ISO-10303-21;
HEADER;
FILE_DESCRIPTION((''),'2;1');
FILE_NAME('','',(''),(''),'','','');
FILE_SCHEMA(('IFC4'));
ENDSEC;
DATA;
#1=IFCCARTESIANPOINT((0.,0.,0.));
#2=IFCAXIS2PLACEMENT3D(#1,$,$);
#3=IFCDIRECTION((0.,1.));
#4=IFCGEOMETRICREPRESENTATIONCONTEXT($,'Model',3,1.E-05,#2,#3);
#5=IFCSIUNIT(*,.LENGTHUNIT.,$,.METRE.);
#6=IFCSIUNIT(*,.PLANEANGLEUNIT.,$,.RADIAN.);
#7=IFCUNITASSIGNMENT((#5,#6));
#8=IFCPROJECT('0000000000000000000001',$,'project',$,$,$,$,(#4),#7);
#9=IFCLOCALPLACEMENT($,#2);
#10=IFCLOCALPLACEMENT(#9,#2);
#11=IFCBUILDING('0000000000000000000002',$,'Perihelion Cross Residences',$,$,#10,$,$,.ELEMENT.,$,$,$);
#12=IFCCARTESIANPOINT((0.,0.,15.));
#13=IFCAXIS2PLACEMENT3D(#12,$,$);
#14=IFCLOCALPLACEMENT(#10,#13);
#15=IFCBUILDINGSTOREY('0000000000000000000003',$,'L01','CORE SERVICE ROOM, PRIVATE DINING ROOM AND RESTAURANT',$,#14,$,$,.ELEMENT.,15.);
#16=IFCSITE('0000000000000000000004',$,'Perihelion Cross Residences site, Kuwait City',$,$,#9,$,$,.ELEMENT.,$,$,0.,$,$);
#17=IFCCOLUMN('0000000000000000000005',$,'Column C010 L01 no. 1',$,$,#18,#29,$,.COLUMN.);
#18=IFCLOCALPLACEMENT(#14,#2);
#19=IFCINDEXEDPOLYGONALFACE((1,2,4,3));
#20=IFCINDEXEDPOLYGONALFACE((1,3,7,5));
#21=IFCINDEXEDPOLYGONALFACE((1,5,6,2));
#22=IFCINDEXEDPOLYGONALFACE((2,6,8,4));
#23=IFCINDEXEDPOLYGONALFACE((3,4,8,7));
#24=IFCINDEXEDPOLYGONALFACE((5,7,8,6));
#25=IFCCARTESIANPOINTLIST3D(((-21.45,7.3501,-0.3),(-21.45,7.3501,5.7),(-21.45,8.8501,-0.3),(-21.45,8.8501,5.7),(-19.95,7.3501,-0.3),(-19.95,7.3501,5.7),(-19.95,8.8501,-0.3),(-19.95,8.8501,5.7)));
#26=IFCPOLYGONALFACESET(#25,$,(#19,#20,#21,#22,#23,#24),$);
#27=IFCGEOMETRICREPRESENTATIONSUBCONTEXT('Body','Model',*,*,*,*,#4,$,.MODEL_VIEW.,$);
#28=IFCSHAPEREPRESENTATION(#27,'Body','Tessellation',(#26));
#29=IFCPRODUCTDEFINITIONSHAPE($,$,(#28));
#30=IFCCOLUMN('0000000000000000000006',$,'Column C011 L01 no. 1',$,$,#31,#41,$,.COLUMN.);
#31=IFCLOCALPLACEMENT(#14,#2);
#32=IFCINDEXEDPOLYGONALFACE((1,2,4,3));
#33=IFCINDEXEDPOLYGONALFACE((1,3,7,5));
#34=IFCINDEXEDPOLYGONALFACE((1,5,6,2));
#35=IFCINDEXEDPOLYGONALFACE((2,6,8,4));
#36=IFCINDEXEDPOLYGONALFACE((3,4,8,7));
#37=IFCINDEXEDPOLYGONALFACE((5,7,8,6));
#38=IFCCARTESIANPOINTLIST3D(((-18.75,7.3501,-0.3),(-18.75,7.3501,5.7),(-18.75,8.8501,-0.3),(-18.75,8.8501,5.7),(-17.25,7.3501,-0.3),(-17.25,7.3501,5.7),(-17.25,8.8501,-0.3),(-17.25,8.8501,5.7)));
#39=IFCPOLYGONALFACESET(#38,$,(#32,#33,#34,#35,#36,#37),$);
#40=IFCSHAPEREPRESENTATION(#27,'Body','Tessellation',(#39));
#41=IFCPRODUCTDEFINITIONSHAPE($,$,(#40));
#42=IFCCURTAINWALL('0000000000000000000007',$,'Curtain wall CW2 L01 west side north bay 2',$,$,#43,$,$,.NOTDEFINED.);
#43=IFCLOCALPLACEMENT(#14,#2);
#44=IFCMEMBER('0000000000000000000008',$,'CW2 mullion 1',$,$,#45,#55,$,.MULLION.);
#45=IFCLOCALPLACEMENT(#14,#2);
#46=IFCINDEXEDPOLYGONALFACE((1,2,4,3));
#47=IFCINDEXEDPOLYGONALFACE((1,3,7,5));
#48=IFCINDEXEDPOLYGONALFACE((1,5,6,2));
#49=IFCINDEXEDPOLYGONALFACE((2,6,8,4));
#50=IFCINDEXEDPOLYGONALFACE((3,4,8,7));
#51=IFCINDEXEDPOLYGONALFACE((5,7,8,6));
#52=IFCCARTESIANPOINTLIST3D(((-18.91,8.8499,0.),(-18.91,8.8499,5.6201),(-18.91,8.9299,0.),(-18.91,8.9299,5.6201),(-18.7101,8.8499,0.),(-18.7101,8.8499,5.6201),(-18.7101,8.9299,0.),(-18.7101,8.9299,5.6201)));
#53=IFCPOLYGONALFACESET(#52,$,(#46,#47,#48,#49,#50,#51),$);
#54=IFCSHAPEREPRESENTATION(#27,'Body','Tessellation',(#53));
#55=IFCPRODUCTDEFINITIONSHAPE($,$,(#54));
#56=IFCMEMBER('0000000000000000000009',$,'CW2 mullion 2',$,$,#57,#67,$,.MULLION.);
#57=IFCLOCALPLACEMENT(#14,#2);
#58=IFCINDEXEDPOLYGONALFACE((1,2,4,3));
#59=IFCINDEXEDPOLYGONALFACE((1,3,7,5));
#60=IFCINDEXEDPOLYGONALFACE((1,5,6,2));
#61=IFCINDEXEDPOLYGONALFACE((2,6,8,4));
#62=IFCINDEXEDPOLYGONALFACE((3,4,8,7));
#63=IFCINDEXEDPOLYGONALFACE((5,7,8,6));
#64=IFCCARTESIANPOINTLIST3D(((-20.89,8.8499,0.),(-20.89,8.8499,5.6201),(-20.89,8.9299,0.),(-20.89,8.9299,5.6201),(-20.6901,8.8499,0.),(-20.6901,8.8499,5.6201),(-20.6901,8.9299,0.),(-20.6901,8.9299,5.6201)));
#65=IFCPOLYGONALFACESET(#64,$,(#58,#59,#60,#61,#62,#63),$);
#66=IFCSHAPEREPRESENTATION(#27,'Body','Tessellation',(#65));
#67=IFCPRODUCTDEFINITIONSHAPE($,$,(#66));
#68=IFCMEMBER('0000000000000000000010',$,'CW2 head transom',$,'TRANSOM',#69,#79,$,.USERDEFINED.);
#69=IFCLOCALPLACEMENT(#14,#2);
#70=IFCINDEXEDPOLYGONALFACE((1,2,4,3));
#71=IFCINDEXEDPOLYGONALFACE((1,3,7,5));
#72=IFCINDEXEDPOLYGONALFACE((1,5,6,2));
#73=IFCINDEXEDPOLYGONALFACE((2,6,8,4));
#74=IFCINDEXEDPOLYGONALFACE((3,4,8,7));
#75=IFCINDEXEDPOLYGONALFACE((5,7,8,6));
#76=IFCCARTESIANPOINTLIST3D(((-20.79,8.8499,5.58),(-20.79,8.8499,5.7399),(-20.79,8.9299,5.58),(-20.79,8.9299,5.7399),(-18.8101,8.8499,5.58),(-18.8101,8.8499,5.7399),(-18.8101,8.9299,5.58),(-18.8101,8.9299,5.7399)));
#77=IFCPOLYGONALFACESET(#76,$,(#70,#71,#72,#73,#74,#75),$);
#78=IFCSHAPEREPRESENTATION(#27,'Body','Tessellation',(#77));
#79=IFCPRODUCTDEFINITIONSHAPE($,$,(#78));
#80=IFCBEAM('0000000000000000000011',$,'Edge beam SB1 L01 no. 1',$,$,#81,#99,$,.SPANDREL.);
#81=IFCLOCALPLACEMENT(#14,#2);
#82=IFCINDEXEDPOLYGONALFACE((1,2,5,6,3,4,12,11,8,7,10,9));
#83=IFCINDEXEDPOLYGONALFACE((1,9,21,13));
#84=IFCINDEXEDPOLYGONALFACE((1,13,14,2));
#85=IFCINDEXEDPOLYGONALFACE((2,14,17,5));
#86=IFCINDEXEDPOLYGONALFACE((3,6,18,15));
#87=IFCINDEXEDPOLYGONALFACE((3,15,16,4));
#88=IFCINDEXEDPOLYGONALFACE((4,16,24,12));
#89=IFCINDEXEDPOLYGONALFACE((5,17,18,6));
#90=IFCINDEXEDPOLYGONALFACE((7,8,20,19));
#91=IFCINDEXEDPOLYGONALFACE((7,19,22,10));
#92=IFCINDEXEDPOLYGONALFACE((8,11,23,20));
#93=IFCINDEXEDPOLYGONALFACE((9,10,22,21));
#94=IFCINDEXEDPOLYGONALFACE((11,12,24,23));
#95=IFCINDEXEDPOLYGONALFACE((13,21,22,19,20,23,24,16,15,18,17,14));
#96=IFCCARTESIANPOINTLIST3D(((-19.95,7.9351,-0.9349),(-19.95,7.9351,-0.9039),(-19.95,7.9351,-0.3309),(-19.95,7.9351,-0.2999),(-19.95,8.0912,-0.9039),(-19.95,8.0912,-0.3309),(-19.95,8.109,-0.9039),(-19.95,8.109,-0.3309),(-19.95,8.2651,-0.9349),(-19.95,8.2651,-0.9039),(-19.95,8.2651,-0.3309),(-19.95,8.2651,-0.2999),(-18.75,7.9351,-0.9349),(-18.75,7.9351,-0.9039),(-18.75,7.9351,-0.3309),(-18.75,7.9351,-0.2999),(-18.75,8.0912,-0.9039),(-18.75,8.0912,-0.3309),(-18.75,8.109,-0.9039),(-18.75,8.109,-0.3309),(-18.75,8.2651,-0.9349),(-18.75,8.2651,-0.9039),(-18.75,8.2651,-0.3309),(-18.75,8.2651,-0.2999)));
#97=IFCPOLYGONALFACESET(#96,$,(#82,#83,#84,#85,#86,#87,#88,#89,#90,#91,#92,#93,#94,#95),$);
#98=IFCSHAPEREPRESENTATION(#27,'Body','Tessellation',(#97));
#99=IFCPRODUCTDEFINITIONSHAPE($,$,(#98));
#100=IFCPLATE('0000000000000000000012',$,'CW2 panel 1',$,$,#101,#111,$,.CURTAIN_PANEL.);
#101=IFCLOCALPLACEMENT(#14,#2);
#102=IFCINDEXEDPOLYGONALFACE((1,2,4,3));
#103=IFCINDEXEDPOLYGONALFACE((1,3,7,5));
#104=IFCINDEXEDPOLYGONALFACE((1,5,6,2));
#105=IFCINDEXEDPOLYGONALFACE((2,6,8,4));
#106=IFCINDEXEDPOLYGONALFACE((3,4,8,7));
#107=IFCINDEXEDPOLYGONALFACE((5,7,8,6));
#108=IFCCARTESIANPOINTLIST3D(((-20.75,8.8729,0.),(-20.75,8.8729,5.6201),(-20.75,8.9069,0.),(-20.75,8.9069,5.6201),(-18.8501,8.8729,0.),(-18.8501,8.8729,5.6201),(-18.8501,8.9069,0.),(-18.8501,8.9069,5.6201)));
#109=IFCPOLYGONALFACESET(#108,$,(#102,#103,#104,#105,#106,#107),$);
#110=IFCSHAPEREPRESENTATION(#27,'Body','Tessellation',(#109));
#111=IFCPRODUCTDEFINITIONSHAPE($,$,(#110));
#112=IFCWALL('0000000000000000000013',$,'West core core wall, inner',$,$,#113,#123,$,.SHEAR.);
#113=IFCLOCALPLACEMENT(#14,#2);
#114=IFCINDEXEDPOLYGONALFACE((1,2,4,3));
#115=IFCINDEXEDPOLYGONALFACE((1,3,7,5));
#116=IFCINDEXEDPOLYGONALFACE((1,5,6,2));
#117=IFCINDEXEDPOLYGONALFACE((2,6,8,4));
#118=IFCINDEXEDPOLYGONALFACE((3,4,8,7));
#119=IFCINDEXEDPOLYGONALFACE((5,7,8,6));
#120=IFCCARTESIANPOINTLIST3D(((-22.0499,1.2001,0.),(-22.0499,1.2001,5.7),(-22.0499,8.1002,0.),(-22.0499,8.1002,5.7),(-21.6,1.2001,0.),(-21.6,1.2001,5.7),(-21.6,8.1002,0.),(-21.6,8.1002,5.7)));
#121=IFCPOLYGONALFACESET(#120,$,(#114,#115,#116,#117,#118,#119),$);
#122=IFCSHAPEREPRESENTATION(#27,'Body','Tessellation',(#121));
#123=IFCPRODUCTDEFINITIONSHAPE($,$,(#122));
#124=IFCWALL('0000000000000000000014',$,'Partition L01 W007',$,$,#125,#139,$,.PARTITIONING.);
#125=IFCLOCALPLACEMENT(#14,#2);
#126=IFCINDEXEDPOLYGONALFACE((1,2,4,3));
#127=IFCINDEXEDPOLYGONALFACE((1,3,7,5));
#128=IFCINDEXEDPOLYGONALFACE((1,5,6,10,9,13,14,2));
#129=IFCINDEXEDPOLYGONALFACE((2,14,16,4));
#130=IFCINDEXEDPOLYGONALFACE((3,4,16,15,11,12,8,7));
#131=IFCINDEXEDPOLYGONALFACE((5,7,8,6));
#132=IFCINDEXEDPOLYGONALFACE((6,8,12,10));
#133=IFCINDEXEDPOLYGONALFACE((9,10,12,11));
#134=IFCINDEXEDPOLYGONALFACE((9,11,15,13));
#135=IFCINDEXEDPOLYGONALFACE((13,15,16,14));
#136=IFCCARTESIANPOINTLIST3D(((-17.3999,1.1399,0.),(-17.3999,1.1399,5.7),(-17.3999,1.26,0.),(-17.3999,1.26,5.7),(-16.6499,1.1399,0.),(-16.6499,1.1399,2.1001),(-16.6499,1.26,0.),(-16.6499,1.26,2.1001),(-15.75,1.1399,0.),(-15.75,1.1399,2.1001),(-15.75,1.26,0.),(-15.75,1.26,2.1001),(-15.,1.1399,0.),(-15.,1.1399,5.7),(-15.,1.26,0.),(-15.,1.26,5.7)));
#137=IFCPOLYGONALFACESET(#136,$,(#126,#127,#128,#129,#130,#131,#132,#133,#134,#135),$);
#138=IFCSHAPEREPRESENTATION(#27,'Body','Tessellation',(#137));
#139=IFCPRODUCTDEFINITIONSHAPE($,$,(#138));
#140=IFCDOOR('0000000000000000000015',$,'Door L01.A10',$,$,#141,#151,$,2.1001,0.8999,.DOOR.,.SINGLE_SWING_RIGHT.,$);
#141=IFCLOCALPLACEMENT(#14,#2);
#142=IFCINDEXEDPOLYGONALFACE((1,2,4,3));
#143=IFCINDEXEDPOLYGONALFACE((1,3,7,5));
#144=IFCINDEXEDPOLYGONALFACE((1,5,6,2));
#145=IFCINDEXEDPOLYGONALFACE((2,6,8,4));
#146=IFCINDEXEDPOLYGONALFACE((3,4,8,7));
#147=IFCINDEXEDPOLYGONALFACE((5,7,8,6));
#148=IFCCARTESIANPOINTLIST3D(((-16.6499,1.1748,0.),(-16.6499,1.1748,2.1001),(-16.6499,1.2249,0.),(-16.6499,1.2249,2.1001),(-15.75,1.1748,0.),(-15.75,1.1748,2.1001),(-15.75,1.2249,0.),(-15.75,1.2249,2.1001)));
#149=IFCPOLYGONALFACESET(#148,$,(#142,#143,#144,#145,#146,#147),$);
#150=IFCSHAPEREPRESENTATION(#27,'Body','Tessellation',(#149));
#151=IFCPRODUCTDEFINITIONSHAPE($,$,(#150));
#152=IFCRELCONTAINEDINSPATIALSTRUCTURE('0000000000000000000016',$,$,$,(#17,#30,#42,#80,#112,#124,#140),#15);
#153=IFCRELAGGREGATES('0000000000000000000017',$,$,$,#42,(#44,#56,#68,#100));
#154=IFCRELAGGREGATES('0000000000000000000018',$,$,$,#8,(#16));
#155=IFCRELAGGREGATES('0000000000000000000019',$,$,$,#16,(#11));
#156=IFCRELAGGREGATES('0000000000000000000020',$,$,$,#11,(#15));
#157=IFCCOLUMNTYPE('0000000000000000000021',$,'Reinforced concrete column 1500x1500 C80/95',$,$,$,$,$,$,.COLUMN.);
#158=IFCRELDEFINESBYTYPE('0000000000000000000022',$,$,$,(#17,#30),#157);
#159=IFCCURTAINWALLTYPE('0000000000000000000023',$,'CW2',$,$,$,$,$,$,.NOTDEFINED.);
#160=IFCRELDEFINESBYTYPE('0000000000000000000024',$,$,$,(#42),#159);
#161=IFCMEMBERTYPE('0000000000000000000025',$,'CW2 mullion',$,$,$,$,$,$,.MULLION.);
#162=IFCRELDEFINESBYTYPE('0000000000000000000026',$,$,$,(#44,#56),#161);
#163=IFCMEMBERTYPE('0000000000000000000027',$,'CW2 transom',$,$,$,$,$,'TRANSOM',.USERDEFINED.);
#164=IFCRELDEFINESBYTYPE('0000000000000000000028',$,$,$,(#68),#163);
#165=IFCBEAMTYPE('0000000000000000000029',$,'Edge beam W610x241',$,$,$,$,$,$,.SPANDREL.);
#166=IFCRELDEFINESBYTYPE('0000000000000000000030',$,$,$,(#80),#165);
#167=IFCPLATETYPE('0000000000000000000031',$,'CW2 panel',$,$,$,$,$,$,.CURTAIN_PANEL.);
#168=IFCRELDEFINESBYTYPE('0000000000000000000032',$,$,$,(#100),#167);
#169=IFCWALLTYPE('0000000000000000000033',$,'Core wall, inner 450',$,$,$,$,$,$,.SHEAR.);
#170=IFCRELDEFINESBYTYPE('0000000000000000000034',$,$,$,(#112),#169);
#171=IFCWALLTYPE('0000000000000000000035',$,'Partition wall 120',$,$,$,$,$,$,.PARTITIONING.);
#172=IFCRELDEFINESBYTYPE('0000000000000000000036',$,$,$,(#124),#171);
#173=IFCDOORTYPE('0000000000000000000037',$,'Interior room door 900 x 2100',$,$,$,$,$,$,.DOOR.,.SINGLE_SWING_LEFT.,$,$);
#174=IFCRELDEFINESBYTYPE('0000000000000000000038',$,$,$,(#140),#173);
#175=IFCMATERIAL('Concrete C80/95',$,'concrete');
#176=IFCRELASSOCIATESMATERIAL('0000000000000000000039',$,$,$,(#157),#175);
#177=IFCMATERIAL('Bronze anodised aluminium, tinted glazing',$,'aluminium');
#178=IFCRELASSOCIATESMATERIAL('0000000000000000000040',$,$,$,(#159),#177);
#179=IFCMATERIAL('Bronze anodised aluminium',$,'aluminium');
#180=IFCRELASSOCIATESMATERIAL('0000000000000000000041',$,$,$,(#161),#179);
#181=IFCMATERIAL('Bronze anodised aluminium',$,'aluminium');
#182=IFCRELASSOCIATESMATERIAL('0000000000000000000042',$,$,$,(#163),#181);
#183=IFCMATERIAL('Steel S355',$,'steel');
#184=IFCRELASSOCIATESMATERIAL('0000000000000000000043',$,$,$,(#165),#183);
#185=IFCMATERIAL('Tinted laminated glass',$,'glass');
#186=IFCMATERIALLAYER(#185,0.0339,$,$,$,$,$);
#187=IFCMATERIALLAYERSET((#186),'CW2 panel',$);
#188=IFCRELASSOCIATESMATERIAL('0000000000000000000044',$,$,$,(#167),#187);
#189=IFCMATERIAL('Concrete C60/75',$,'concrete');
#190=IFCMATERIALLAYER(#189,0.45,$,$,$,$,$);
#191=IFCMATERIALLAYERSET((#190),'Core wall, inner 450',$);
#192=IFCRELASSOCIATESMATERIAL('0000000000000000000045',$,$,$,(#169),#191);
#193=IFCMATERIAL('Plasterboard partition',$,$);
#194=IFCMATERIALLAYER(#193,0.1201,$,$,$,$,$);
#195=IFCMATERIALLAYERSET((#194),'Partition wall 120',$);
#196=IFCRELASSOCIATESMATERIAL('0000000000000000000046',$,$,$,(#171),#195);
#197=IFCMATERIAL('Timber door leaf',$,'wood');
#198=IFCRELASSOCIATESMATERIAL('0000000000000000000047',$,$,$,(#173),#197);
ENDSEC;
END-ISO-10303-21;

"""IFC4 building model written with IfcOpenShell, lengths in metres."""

from ifc_helpers import new_model, si_unit, direction, frame, frame_2d, origin, origin_2d, place, context, subcontext, project, spatial, rectangle, i_section, extrude, material, layer, layer_set, material_profile, profile_set, type_object, element, fill, aggregate, save


model = new_model("IFC4")

# Units and contexts
model_context = context("Model", 3, precision=1e-05, world=origin(), true_north=direction((0.0, 1.0)))
body_context = subcontext(model_context, "Body", "Model", "MODEL_VIEW")
ifc_project = project(units=[si_unit("LENGTHUNIT", "METRE"), si_unit("PLANEANGLEUNIT", "RADIAN")], contexts=[model_context])

# Site, building, storey
site_placement = place(None, origin())
site = spatial("IfcSite", under=ifc_project, at=site_placement, Name="Perihelion Cross Residences site, Kuwait City", CompositionType="ELEMENT", RefElevation=0.0)
building_placement = place(site_placement, origin())
building = spatial("IfcBuilding", under=site, at=building_placement, Name="Perihelion Cross Residences", CompositionType="ELEMENT")
storey_placement = place(building_placement, frame((0.0, 0.0, 15.0)))
storey = spatial("IfcBuildingStorey", under=building, at=storey_placement, Name="L01", Description="CORE SERVICE ROOM, PRIVATE DINING ROOM AND RESTAURANT", CompositionType="ELEMENT", Elevation=15.0)

# Columns
ifc_material_1 = material(Name="Concrete C80/95", Category="concrete")
ifc_material_profile_1 = material_profile(ifc_material_1, rectangle(XDim=1.5, YDim=1.5, at=origin_2d()), Name="RC 1500x1500")
ifc_profile_set_1 = profile_set([ifc_material_profile_1], Name="Concrete C80/95")
column_type = type_object("IfcColumnType", Name="Reinforced concrete column 1500x1500 C80/95", PredefinedType="COLUMN", material=ifc_profile_set_1)
for number, where, z_axis, x_axis, name in (
    (1, (-20.7, 8.1001, -0.3), (0.0, 0.0, 1.0), (1.0, 0.0, 0.0), "Column C010 L01 no. 1"),
    (2, (-18.0, 8.1001, -0.3), (0.0, 0.0, 1.0), (1.0, 0.0, 0.0), "Column C011 L01 no. 1"),
):
    element("IfcColumn", number, at=place(storey_placement, frame(where, z_axis=z_axis, x_axis=x_axis)), inside=storey, type_object=column_type, Name=name, PredefinedType="COLUMN", context=body_context, shape_type="SweptSolid", body=[
        extrude(rectangle(XDim=1.5, YDim=1.5, at=origin_2d()), origin(), (0.0, 0.0, 1.0), 6.0),
    ])

# Curtain wall, members
ifc_material_2 = material(Name="Bronze anodised aluminium, tinted glazing", Category="aluminium")
curtain_wall_type = type_object("IfcCurtainWallType", Name="CW2", PredefinedType="NOTDEFINED", material=ifc_material_2)
curtain_wall_placement = place(storey_placement, origin())
curtain_wall = element("IfcCurtainWall", 3, at=curtain_wall_placement, inside=storey, type_object=curtain_wall_type, Name="Curtain wall CW2 L01 west side north bay 2", PredefinedType="NOTDEFINED")
ifc_material_3 = material(Name="Bronze anodised aluminium", Category="aluminium")
ifc_material_profile_2 = material_profile(ifc_material_3, rectangle(XDim=0.0801, YDim=0.2, at=origin_2d()), Name="CW2 mullion")
ifc_profile_set_2 = profile_set([ifc_material_profile_2], Name="Bronze anodised aluminium")
member_type_1 = type_object("IfcMemberType", Name="CW2 mullion", PredefinedType="MULLION", material=ifc_profile_set_2)
member_1_placement = place(storey_placement, frame((-18.8101, 8.8899, 0.0), z_axis=(0.0, 0.0, 1.0), x_axis=(0.0, -1.0, 0.0)))
member_1 = element("IfcMember", 4, at=member_1_placement, type_object=member_type_1, Name="CW2 mullion 1", PredefinedType="MULLION", context=body_context, shape_type="SweptSolid", body=[
    extrude(rectangle(XDim=0.0801, YDim=0.2, at=origin_2d()), origin(), (0.0, 0.0, 1.0), 5.6201),
])
member_2_placement = place(storey_placement, frame((-20.79, 8.8899, 0.0), z_axis=(0.0, 0.0, 1.0), x_axis=(0.0, -1.0, 0.0)))
member_2 = element("IfcMember", 5, at=member_2_placement, type_object=member_type_1, Name="CW2 mullion 2", PredefinedType="MULLION", context=body_context, shape_type="SweptSolid", body=[
    extrude(rectangle(XDim=0.0801, YDim=0.2, at=origin_2d()), origin(), (0.0, 0.0, 1.0), 5.6201),
])
ifc_material_4 = material(Name="Bronze anodised aluminium", Category="aluminium")
ifc_material_profile_3 = material_profile(ifc_material_4, rectangle(XDim=0.0801, YDim=0.1599, at=origin_2d()), Name="CW2 transom")
ifc_profile_set_3 = profile_set([ifc_material_profile_3], Name="Bronze anodised aluminium")
member_type_2 = type_object("IfcMemberType", Name="CW2 transom", ElementType="TRANSOM", PredefinedType="USERDEFINED", material=ifc_profile_set_3)
member_3_placement = place(storey_placement, frame((-18.8101, 8.8899, 5.6599), z_axis=(-1.0, 0.0, 0.0), x_axis=(0.0, -1.0, 0.0)))
member_3 = element("IfcMember", 6, at=member_3_placement, type_object=member_type_2, Name="CW2 head transom", ObjectType="TRANSOM", PredefinedType="USERDEFINED", context=body_context, shape_type="SweptSolid", body=[
    extrude(rectangle(XDim=0.0801, YDim=0.1599, at=origin_2d()), origin(), (0.0, 0.0, 1.0), 1.98),
])

# Beam
ifc_material_5 = material(Name="Steel S355", Category="steel")
ifc_material_profile_4 = material_profile(ifc_material_5, i_section(OverallWidth=0.3301, OverallDepth=0.635, WebThickness=0.0178, FlangeThickness=0.031, at=origin_2d()), Name="W610x241")
ifc_profile_set_4 = profile_set([ifc_material_profile_4], Name="Steel S355")
beam_type = type_object("IfcBeamType", Name="Edge beam W610x241", PredefinedType="SPANDREL", material=ifc_profile_set_4)
beam_placement = place(storey_placement, frame((-18.75, 8.1001, -0.6174), z_axis=(-1.0, 0.0, 0.0), x_axis=(0.0, -1.0, 0.0)))
element("IfcBeam", 7, at=beam_placement, inside=storey, type_object=beam_type, Name="Edge beam SB1 L01 no. 1", PredefinedType="SPANDREL", context=body_context, shape_type="SweptSolid", body=[
    extrude(i_section(OverallWidth=0.3301, OverallDepth=0.635, WebThickness=0.0178, FlangeThickness=0.031, at=origin_2d()), origin(), (0.0, 0.0, 1.0), 1.2),
])

# Plate
ifc_material_6 = material(Name="Tinted laminated glass", Category="glass")
ifc_layer_1 = layer(ifc_material_6, 0.0339)
ifc_layer_set_1 = layer_set([ifc_layer_1], Name="CW2 panel")
plate_type = type_object("IfcPlateType", Name="CW2 panel", PredefinedType="CURTAIN_PANEL", material=ifc_layer_set_1)
plate_placement = place(storey_placement, frame((-19.8, 8.8899, 0.0), z_axis=(0.0, 0.0, 1.0), x_axis=(-1.0, 0.0, 0.0)))
plate = element("IfcPlate", 8, at=plate_placement, type_object=plate_type, Name="CW2 panel 1", PredefinedType="CURTAIN_PANEL", context=body_context, shape_type="SweptSolid", body=[
    extrude(rectangle(XDim=1.8999, YDim=0.0339, at=origin_2d()), origin(), (0.0, 0.0, 1.0), 5.6201),
])
aggregate(curtain_wall, [member_1, member_2, member_3, plate])

# Wall
ifc_material_7 = material(Name="Concrete C60/75", Category="concrete")
ifc_layer_2 = layer(ifc_material_7, 0.45)
ifc_layer_set_2 = layer_set([ifc_layer_2], Name="Core wall, inner 450")
wall_type_1 = type_object("IfcWallType", Name="Core wall, inner 450", PredefinedType="SHEAR", material=ifc_layer_set_2)
wall_1_placement = place(storey_placement, frame((-21.825, 1.2, 0.0), z_axis=(0.0, 0.0, 1.0), x_axis=(0.0, 1.0, 0.0)))
element("IfcWall", 9, at=wall_1_placement, inside=storey, type_object=wall_type_1, Name="West core core wall, inner", PredefinedType="SHEAR", context=body_context, shape_type="SweptSolid", body=[
    extrude(rectangle(XDim=6.9001, YDim=0.45, at=frame_2d((3.4502, 0.0))), origin(), (0.0, 0.0, 1.0), 5.7),
])

# Wall, opening, door
ifc_material_8 = material(Name="Plasterboard partition")
ifc_layer_3 = layer(ifc_material_8, 0.1201)
ifc_layer_set_3 = layer_set([ifc_layer_3], Name="Partition wall 120")
wall_type_2 = type_object("IfcWallType", Name="Partition wall 120", PredefinedType="PARTITIONING", material=ifc_layer_set_3)
wall_2_placement = place(storey_placement, frame((-17.3999, 1.2, 0.0), z_axis=(0.0, 0.0, 1.0), x_axis=(1.0, 0.0, 0.0)))
wall_2 = element("IfcWall", 10, at=wall_2_placement, inside=storey, type_object=wall_type_2, Name="Partition L01 W007", PredefinedType="PARTITIONING", context=body_context, shape_type="SweptSolid", body=[
    extrude(rectangle(XDim=2.3999, YDim=0.1201, at=frame_2d((1.2, 0.0))), origin(), (0.0, 0.0, 1.0), 5.7),
])
opening_1_placement = place(wall_2_placement, frame((0.75, 0.0, 0.0)))
opening_1 = element("IfcOpeningElement", 11, at=opening_1_placement, cuts=wall_2, PredefinedType="OPENING", context=body_context, shape_type="SweptSolid", body=[
    extrude(rectangle(XDim=0.8999, YDim=2.1001, at=frame_2d((0.45, 1.05))), frame((0.0, 0.0701, 0.0), z_axis=(0.0, -1.0, 0.0), x_axis=(1.0, 0.0, 0.0)), (0.0, 0.0, 1.0), 0.1401),
])
ifc_material_9 = material(Name="Timber door leaf", Category="wood")
door_type_1 = type_object("IfcDoorType", Name="Interior room door 900 x 2100", OperationType="SINGLE_SWING_LEFT", PredefinedType="DOOR", material=ifc_material_9)
door_1_placement = place(opening_1_placement, origin())
door_1 = element("IfcDoor", 12, at=door_1_placement, inside=storey, type_object=door_type_1, Name="Door L01.A10", OperationType="SINGLE_SWING_RIGHT", OverallHeight=2.1001, OverallWidth=0.8999, PredefinedType="DOOR", context=body_context, shape_type="SweptSolid", body=[
    extrude(rectangle(XDim=0.8999, YDim=2.1001, at=frame_2d((0.45, 1.05))), frame((0.0, 0.0249, 0.0), z_axis=(0.0, -1.0, 0.0), x_axis=(1.0, 0.0, 0.0)), (0.0, 0.0, 1.0), 0.05),
])
fill(opening_1, door_1)

save(model, "model.ifc")
